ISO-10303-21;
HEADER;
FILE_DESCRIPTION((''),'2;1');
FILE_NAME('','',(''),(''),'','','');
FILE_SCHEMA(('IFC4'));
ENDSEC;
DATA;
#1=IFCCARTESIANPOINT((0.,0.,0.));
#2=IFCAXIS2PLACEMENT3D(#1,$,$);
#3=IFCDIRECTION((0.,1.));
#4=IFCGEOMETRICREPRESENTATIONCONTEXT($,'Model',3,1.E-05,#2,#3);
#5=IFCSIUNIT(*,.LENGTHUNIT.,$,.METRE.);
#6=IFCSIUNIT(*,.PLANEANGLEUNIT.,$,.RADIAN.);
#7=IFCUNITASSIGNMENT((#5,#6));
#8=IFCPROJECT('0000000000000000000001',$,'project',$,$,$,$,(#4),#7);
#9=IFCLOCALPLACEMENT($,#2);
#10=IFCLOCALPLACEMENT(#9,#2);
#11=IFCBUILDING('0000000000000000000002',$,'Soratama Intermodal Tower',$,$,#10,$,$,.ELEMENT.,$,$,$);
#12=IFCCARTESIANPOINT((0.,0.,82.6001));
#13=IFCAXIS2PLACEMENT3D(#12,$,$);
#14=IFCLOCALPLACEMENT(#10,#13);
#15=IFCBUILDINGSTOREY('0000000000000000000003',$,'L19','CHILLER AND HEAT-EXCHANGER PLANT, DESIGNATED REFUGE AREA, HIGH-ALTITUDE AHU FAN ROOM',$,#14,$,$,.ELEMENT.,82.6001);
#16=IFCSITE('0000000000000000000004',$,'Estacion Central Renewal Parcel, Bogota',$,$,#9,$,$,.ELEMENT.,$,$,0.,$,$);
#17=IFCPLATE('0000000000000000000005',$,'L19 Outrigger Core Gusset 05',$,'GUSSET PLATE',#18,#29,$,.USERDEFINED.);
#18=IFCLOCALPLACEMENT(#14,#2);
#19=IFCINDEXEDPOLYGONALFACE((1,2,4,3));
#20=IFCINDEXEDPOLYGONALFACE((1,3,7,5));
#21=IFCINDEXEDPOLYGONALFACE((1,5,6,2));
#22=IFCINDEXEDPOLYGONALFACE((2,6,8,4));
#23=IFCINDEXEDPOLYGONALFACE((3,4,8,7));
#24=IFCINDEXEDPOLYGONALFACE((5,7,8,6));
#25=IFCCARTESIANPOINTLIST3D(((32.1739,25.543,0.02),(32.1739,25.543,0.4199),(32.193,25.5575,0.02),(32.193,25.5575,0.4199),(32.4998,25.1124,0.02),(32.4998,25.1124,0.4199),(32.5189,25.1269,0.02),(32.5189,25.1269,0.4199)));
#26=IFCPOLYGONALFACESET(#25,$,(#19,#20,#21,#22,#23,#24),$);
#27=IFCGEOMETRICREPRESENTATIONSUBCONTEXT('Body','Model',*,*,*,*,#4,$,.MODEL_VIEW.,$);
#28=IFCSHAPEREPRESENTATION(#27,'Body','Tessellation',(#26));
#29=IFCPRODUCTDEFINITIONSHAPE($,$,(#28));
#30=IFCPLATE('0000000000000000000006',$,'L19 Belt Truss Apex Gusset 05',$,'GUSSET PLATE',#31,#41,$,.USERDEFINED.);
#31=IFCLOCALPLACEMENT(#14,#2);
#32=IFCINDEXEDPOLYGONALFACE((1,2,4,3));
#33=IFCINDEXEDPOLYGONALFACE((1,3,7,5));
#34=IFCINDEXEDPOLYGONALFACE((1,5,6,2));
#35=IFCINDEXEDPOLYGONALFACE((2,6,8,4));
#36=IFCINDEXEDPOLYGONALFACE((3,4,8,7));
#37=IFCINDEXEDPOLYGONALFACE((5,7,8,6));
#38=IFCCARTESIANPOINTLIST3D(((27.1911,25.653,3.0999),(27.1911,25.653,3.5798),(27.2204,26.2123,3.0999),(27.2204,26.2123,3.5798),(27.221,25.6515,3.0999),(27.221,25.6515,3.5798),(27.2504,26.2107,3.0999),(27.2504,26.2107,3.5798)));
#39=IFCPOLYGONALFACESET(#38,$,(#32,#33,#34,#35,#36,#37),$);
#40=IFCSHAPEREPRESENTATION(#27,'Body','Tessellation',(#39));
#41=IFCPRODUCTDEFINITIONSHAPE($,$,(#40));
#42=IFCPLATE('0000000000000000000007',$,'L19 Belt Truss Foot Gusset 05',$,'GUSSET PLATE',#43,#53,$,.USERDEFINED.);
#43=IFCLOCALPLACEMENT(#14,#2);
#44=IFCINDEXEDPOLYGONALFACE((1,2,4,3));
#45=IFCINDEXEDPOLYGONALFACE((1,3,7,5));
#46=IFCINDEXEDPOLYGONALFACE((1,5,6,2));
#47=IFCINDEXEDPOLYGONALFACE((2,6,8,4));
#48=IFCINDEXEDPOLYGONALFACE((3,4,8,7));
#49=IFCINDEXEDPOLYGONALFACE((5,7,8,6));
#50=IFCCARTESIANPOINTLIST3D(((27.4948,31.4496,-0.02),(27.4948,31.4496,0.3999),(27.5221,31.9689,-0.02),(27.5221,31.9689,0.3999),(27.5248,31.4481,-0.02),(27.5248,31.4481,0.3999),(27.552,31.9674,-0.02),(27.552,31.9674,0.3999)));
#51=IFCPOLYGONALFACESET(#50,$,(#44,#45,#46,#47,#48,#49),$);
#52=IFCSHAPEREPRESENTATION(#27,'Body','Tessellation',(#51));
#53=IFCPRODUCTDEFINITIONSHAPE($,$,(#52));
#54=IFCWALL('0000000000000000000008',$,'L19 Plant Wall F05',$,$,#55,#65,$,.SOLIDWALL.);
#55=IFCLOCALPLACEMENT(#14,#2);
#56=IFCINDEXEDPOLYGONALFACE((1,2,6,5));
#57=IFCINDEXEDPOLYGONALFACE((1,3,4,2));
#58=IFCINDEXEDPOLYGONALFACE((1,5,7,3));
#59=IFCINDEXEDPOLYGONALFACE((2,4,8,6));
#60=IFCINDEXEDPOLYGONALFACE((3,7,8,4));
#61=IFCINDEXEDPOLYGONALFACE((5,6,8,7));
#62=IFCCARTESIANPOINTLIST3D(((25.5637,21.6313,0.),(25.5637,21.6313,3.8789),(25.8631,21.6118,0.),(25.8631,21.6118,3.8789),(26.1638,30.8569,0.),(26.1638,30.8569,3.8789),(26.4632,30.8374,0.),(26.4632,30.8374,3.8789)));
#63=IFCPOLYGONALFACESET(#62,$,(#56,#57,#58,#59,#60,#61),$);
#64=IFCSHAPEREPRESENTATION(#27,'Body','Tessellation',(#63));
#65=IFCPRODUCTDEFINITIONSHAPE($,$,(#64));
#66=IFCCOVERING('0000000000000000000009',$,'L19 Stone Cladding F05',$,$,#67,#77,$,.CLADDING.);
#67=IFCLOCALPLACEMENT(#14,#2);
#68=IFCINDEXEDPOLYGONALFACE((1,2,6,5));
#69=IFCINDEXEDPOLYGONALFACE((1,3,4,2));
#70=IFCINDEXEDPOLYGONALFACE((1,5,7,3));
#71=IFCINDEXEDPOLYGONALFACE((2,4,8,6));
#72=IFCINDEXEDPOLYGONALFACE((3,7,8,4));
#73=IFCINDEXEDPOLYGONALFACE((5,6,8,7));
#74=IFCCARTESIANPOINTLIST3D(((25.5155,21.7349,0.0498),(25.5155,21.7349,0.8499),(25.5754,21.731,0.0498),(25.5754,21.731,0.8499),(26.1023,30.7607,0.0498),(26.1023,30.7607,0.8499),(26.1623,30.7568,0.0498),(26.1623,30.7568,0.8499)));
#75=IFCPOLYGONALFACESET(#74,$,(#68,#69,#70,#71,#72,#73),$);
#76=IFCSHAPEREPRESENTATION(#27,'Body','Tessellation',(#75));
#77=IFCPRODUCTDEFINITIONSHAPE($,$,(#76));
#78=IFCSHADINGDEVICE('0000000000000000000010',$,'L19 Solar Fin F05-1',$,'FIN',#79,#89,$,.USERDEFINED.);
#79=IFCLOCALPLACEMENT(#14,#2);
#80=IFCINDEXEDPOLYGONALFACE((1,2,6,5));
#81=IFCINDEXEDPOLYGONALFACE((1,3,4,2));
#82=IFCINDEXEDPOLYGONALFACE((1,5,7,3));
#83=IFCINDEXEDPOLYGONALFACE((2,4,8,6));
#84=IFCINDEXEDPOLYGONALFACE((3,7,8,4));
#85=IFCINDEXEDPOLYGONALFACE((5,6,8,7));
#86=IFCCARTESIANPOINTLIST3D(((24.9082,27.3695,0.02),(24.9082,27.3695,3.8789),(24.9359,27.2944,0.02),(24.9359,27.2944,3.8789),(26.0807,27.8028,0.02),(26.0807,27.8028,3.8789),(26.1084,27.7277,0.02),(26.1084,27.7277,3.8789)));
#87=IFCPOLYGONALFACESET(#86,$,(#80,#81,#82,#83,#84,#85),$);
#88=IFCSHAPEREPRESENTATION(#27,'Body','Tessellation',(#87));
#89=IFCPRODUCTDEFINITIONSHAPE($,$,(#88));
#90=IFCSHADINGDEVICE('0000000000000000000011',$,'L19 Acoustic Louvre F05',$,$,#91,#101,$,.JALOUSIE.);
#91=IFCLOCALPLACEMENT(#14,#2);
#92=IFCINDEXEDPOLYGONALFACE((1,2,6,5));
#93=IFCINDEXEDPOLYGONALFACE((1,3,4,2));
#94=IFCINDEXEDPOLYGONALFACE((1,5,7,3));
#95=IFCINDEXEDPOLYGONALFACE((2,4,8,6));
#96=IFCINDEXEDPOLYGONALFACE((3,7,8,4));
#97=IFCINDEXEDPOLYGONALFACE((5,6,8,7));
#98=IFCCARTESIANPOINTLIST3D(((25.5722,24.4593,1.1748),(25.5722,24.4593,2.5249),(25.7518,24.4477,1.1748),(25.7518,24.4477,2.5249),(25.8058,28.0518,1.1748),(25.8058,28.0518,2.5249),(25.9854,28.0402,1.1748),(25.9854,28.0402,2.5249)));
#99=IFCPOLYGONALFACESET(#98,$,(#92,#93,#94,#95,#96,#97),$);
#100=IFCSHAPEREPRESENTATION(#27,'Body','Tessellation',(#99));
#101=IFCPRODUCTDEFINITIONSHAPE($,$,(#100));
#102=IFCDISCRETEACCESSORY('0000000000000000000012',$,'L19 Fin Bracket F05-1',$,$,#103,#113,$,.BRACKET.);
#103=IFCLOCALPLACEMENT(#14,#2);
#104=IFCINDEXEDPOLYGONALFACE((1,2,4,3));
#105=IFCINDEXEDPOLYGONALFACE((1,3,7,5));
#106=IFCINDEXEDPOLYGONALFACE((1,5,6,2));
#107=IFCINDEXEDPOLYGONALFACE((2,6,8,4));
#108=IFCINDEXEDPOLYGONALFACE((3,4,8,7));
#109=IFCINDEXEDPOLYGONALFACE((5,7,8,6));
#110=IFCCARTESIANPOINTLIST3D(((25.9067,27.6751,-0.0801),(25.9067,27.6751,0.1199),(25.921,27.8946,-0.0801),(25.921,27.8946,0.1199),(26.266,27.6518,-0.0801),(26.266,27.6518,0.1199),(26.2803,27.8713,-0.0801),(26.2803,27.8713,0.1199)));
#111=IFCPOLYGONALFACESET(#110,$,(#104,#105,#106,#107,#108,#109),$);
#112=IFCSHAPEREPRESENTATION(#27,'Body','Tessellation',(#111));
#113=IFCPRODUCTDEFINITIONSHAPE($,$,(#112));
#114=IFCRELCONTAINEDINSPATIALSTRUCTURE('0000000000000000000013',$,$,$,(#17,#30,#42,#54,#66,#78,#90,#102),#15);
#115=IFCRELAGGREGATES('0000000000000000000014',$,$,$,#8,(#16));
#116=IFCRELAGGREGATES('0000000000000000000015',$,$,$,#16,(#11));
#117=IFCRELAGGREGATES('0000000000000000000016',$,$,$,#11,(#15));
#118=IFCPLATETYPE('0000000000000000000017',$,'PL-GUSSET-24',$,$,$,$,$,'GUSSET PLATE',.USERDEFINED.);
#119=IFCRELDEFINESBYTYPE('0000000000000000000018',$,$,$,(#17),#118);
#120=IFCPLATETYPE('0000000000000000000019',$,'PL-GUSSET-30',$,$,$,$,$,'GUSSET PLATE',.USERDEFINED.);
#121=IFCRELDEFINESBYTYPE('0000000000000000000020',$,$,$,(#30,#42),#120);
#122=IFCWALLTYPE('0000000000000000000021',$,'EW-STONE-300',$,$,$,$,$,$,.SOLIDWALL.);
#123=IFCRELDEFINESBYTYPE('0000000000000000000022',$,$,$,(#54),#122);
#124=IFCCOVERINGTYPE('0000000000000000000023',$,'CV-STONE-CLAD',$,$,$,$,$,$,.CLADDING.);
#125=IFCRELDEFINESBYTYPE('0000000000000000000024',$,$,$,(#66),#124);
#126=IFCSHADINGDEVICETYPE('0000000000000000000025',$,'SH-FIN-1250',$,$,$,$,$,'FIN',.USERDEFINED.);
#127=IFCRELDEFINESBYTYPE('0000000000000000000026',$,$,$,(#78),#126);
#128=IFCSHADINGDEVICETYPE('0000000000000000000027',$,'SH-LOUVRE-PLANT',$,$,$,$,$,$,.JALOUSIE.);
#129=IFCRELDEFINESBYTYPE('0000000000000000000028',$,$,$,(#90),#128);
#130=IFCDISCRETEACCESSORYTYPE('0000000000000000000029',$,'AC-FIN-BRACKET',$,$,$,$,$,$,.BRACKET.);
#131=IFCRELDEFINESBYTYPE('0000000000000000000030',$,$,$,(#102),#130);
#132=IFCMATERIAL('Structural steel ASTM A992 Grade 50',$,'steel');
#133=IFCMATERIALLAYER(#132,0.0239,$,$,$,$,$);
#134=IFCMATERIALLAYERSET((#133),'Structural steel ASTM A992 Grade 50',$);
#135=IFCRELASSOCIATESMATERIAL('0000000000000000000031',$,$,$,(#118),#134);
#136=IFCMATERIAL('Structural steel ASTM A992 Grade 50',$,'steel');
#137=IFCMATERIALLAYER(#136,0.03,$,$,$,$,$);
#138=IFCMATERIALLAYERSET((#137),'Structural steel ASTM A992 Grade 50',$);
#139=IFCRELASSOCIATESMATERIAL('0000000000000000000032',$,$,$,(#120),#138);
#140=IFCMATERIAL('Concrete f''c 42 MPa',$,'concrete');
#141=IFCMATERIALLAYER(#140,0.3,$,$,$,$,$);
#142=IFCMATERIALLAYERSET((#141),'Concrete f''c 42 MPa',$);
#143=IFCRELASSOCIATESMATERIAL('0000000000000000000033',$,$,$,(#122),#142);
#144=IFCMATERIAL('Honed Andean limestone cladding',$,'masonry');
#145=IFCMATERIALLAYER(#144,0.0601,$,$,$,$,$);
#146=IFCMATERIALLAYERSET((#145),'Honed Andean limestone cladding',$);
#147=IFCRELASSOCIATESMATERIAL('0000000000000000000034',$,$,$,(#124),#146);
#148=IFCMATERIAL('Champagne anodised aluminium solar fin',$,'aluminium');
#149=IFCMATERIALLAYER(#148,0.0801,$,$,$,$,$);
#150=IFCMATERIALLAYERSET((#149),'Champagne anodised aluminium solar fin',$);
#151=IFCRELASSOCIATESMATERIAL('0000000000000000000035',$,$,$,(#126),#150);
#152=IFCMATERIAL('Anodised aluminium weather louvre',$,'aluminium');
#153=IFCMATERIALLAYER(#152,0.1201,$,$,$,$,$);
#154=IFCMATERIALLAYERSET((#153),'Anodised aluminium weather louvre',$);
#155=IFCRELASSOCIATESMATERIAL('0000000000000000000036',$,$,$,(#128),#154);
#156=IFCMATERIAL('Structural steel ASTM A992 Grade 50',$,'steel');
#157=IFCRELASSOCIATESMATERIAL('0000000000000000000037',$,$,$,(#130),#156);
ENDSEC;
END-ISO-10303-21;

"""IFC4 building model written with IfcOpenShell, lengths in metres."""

from ifc_helpers import new_model, si_unit, direction, frame, frame_2d, origin, origin_2d, place, context, subcontext, project, spatial, rectangle, extrude, material, layer, layer_set, type_object, element, save


model = new_model("IFC4")

# Units and contexts
model_context = context("Model", 3, precision=1e-05, world=origin(), true_north=direction((0.0, 1.0)))
body_context = subcontext(model_context, "Body", "Model", "MODEL_VIEW")
ifc_project = project(units=[si_unit("LENGTHUNIT", "METRE"), si_unit("PLANEANGLEUNIT", "RADIAN")], contexts=[model_context])

# Site, building, storey
site_placement = place(None, origin())
site = spatial("IfcSite", under=ifc_project, at=site_placement, Name="Estacion Central Renewal Parcel, Bogota", CompositionType="ELEMENT", RefElevation=0.0)
building_placement = place(site_placement, origin())
building = spatial("IfcBuilding", under=site, at=building_placement, Name="Soratama Intermodal Tower", CompositionType="ELEMENT")
storey_placement = place(building_placement, frame((0.0, 0.0, 82.6001)))
storey = spatial("IfcBuildingStorey", under=building, at=storey_placement, Name="L19", Description="CHILLER AND HEAT-EXCHANGER PLANT, DESIGNATED REFUGE AREA, HIGH-ALTITUDE AHU FAN ROOM", CompositionType="ELEMENT", Elevation=82.6001)

# Plates
ifc_material_1 = material(Name="Structural steel ASTM A992 Grade 50", Category="steel")
ifc_layer_1 = layer(ifc_material_1, 0.0239)
ifc_layer_set_1 = layer_set([ifc_layer_1], Name="Structural steel ASTM A992 Grade 50")
plate_type_1 = type_object("IfcPlateType", Name="PL-GUSSET-24", ElementType="GUSSET PLATE", PredefinedType="USERDEFINED", material=ifc_layer_set_1)
plate_1_placement = place(storey_placement, frame((32.3464, 25.335, 0.02), z_axis=(0.0, 0.0, 1.0), x_axis=(-0.603486, 0.797373, 0.0)))
element("IfcPlate", 1, at=plate_1_placement, inside=storey, type_object=plate_type_1, Name="L19 Outrigger Core Gusset 05", ObjectType="GUSSET PLATE", PredefinedType="USERDEFINED", context=body_context, shape_type="SweptSolid", body=[
    extrude(rectangle(XDim=0.54, YDim=0.0239, at=origin_2d()), origin(), (0.0, 0.0, 1.0), 0.3999),
])
ifc_material_2 = material(Name="Structural steel ASTM A992 Grade 50", Category="steel")
ifc_layer_2 = layer(ifc_material_2, 0.03)
ifc_layer_set_2 = layer_set([ifc_layer_2], Name="Structural steel ASTM A992 Grade 50")
plate_type_2 = type_object("IfcPlateType", Name="PL-GUSSET-30", ElementType="GUSSET PLATE", PredefinedType="USERDEFINED", material=ifc_layer_set_2)
plate_2_placement = place(storey_placement, frame((27.2207, 25.9319, 3.0999), z_axis=(0.0, 0.0, 1.0), x_axis=(-0.052336, -0.99863, 0.0)))
element("IfcPlate", 2, at=plate_2_placement, inside=storey, type_object=plate_type_2, Name="L19 Belt Truss Apex Gusset 05", ObjectType="GUSSET PLATE", PredefinedType="USERDEFINED", context=body_context, shape_type="SweptSolid", body=[
    extrude(rectangle(XDim=0.5601, YDim=0.03, at=origin_2d()), origin(), (0.0, 0.0, 1.0), 0.48),
])
plate_3_placement = place(storey_placement, frame((27.5234, 31.7085, -0.02), z_axis=(0.0, 0.0, 1.0), x_axis=(-0.052336, -0.99863, 0.0)))
element("IfcPlate", 3, at=plate_3_placement, inside=storey, type_object=plate_type_2, Name="L19 Belt Truss Foot Gusset 05", ObjectType="GUSSET PLATE", PredefinedType="USERDEFINED", context=body_context, shape_type="SweptSolid", body=[
    extrude(rectangle(XDim=0.52, YDim=0.03, at=origin_2d()), origin(), (0.0, 0.0, 1.0), 0.4199),
])

# Wall
ifc_material_3 = material(Name="Concrete f'c 42 MPa", Category="concrete")
ifc_layer_3 = layer(ifc_material_3, 0.3)
ifc_layer_set_3 = layer_set([ifc_layer_3], Name="Concrete f'c 42 MPa")
wall_type = type_object("IfcWallType", Name="EW-STONE-300", PredefinedType="SOLIDWALL", material=ifc_layer_set_3)
wall_placement = place(storey_placement, frame((26.3135, 30.8472, 0.0), z_axis=(0.0, 0.0, 1.0), x_axis=(-0.06491, -0.997891, 0.0)))
element("IfcWall", 4, at=wall_placement, inside=storey, type_object=wall_type, Name="L19 Plant Wall F05", PredefinedType="SOLIDWALL", context=body_context, shape_type="SweptSolid", body=[
    extrude(rectangle(XDim=9.2451, YDim=0.3, at=frame_2d((4.6226, 0.0))), origin(), (0.0, 0.0, 1.0), 3.8789),
])

# Covering
ifc_material_4 = material(Name="Honed Andean limestone cladding", Category="masonry")
ifc_layer_4 = layer(ifc_material_4, 0.0601)
ifc_layer_set_4 = layer_set([ifc_layer_4], Name="Honed Andean limestone cladding")
covering_type = type_object("IfcCoveringType", Name="CV-STONE-CLAD", PredefinedType="CLADDING", material=ifc_layer_set_4)
covering_placement = place(storey_placement, frame((25.8389, 26.2458, 0.0498), z_axis=(0.0, 0.0, 1.0), x_axis=(-0.064881, -0.997893, 0.0)))
element("IfcCovering", 5, at=covering_placement, inside=storey, type_object=covering_type, Name="L19 Stone Cladding F05", PredefinedType="CLADDING", context=body_context, shape_type="SweptSolid", body=[
    extrude(rectangle(XDim=9.0449, YDim=0.0601, at=origin_2d()), origin(), (0.0, 0.0, 1.0), 0.8),
])

# Shading devices
ifc_material_5 = material(Name="Champagne anodised aluminium solar fin", Category="aluminium")
ifc_layer_5 = layer(ifc_material_5, 0.0801)
ifc_layer_set_5 = layer_set([ifc_layer_5], Name="Champagne anodised aluminium solar fin")
shading_device_type_1 = type_object("IfcShadingDeviceType", Name="SH-FIN-1250", ElementType="FIN", PredefinedType="USERDEFINED", material=ifc_layer_set_5)
shading_device_1_placement = place(storey_placement, frame((25.5083, 27.5486, 0.02), z_axis=(0.0, 0.0, 1.0), x_axis=(-0.93801, -0.346608, 0.0)))
element("IfcShadingDevice", 6, at=shading_device_1_placement, inside=storey, type_object=shading_device_type_1, Name="L19 Solar Fin F05-1", ObjectType="FIN", PredefinedType="USERDEFINED", context=body_context, shape_type="SweptSolid", body=[
    extrude(rectangle(XDim=1.25, YDim=0.0801, at=origin_2d()), origin(), (0.0, 0.0, 1.0), 3.8589),
])
ifc_material_6 = material(Name="Anodised aluminium weather louvre", Category="aluminium")
ifc_layer_6 = layer(ifc_material_6, 0.1201)
ifc_layer_set_6 = layer_set([ifc_layer_6], Name="Anodised aluminium weather louvre")
shading_device_type_2 = type_object("IfcShadingDeviceType", Name="SH-LOUVRE-PLANT", PredefinedType="JALOUSIE", material=ifc_layer_set_6)
shading_device_2_placement = place(storey_placement, frame((25.7788, 26.2498, 1.1748), z_axis=(0.0, 0.0, 1.0), x_axis=(-0.064881, -0.997893, 0.0)))
element("IfcShadingDevice", 7, at=shading_device_2_placement, inside=storey, type_object=shading_device_type_2, Name="L19 Acoustic Louvre F05", PredefinedType="JALOUSIE", context=body_context, shape_type="SweptSolid", body=[
    extrude(rectangle(XDim=3.6001, YDim=0.1799, at=origin_2d()), origin(), (0.0, 0.0, 1.0), 1.3501),
])

# Discrete accessory
ifc_material_7 = material(Name="Structural steel ASTM A992 Grade 50", Category="steel")
discrete_accessory_type = type_object("IfcDiscreteAccessoryType", Name="AC-FIN-BRACKET", PredefinedType="BRACKET", material=ifc_material_7)
discrete_accessory_placement = place(storey_placement, frame((26.0935, 27.7732, -0.0801), z_axis=(0.0, 0.0, 1.0), x_axis=(-0.997893, 0.064881, 0.0)))
element("IfcDiscreteAccessory", 8, at=discrete_accessory_placement, inside=storey, type_object=discrete_accessory_type, Name="L19 Fin Bracket F05-1", PredefinedType="BRACKET", context=body_context, shape_type="SweptSolid", body=[
    extrude(rectangle(XDim=0.3601, YDim=0.22, at=origin_2d()), origin(), (0.0, 0.0, 1.0), 0.2),
])

save(model, "model.ifc")
